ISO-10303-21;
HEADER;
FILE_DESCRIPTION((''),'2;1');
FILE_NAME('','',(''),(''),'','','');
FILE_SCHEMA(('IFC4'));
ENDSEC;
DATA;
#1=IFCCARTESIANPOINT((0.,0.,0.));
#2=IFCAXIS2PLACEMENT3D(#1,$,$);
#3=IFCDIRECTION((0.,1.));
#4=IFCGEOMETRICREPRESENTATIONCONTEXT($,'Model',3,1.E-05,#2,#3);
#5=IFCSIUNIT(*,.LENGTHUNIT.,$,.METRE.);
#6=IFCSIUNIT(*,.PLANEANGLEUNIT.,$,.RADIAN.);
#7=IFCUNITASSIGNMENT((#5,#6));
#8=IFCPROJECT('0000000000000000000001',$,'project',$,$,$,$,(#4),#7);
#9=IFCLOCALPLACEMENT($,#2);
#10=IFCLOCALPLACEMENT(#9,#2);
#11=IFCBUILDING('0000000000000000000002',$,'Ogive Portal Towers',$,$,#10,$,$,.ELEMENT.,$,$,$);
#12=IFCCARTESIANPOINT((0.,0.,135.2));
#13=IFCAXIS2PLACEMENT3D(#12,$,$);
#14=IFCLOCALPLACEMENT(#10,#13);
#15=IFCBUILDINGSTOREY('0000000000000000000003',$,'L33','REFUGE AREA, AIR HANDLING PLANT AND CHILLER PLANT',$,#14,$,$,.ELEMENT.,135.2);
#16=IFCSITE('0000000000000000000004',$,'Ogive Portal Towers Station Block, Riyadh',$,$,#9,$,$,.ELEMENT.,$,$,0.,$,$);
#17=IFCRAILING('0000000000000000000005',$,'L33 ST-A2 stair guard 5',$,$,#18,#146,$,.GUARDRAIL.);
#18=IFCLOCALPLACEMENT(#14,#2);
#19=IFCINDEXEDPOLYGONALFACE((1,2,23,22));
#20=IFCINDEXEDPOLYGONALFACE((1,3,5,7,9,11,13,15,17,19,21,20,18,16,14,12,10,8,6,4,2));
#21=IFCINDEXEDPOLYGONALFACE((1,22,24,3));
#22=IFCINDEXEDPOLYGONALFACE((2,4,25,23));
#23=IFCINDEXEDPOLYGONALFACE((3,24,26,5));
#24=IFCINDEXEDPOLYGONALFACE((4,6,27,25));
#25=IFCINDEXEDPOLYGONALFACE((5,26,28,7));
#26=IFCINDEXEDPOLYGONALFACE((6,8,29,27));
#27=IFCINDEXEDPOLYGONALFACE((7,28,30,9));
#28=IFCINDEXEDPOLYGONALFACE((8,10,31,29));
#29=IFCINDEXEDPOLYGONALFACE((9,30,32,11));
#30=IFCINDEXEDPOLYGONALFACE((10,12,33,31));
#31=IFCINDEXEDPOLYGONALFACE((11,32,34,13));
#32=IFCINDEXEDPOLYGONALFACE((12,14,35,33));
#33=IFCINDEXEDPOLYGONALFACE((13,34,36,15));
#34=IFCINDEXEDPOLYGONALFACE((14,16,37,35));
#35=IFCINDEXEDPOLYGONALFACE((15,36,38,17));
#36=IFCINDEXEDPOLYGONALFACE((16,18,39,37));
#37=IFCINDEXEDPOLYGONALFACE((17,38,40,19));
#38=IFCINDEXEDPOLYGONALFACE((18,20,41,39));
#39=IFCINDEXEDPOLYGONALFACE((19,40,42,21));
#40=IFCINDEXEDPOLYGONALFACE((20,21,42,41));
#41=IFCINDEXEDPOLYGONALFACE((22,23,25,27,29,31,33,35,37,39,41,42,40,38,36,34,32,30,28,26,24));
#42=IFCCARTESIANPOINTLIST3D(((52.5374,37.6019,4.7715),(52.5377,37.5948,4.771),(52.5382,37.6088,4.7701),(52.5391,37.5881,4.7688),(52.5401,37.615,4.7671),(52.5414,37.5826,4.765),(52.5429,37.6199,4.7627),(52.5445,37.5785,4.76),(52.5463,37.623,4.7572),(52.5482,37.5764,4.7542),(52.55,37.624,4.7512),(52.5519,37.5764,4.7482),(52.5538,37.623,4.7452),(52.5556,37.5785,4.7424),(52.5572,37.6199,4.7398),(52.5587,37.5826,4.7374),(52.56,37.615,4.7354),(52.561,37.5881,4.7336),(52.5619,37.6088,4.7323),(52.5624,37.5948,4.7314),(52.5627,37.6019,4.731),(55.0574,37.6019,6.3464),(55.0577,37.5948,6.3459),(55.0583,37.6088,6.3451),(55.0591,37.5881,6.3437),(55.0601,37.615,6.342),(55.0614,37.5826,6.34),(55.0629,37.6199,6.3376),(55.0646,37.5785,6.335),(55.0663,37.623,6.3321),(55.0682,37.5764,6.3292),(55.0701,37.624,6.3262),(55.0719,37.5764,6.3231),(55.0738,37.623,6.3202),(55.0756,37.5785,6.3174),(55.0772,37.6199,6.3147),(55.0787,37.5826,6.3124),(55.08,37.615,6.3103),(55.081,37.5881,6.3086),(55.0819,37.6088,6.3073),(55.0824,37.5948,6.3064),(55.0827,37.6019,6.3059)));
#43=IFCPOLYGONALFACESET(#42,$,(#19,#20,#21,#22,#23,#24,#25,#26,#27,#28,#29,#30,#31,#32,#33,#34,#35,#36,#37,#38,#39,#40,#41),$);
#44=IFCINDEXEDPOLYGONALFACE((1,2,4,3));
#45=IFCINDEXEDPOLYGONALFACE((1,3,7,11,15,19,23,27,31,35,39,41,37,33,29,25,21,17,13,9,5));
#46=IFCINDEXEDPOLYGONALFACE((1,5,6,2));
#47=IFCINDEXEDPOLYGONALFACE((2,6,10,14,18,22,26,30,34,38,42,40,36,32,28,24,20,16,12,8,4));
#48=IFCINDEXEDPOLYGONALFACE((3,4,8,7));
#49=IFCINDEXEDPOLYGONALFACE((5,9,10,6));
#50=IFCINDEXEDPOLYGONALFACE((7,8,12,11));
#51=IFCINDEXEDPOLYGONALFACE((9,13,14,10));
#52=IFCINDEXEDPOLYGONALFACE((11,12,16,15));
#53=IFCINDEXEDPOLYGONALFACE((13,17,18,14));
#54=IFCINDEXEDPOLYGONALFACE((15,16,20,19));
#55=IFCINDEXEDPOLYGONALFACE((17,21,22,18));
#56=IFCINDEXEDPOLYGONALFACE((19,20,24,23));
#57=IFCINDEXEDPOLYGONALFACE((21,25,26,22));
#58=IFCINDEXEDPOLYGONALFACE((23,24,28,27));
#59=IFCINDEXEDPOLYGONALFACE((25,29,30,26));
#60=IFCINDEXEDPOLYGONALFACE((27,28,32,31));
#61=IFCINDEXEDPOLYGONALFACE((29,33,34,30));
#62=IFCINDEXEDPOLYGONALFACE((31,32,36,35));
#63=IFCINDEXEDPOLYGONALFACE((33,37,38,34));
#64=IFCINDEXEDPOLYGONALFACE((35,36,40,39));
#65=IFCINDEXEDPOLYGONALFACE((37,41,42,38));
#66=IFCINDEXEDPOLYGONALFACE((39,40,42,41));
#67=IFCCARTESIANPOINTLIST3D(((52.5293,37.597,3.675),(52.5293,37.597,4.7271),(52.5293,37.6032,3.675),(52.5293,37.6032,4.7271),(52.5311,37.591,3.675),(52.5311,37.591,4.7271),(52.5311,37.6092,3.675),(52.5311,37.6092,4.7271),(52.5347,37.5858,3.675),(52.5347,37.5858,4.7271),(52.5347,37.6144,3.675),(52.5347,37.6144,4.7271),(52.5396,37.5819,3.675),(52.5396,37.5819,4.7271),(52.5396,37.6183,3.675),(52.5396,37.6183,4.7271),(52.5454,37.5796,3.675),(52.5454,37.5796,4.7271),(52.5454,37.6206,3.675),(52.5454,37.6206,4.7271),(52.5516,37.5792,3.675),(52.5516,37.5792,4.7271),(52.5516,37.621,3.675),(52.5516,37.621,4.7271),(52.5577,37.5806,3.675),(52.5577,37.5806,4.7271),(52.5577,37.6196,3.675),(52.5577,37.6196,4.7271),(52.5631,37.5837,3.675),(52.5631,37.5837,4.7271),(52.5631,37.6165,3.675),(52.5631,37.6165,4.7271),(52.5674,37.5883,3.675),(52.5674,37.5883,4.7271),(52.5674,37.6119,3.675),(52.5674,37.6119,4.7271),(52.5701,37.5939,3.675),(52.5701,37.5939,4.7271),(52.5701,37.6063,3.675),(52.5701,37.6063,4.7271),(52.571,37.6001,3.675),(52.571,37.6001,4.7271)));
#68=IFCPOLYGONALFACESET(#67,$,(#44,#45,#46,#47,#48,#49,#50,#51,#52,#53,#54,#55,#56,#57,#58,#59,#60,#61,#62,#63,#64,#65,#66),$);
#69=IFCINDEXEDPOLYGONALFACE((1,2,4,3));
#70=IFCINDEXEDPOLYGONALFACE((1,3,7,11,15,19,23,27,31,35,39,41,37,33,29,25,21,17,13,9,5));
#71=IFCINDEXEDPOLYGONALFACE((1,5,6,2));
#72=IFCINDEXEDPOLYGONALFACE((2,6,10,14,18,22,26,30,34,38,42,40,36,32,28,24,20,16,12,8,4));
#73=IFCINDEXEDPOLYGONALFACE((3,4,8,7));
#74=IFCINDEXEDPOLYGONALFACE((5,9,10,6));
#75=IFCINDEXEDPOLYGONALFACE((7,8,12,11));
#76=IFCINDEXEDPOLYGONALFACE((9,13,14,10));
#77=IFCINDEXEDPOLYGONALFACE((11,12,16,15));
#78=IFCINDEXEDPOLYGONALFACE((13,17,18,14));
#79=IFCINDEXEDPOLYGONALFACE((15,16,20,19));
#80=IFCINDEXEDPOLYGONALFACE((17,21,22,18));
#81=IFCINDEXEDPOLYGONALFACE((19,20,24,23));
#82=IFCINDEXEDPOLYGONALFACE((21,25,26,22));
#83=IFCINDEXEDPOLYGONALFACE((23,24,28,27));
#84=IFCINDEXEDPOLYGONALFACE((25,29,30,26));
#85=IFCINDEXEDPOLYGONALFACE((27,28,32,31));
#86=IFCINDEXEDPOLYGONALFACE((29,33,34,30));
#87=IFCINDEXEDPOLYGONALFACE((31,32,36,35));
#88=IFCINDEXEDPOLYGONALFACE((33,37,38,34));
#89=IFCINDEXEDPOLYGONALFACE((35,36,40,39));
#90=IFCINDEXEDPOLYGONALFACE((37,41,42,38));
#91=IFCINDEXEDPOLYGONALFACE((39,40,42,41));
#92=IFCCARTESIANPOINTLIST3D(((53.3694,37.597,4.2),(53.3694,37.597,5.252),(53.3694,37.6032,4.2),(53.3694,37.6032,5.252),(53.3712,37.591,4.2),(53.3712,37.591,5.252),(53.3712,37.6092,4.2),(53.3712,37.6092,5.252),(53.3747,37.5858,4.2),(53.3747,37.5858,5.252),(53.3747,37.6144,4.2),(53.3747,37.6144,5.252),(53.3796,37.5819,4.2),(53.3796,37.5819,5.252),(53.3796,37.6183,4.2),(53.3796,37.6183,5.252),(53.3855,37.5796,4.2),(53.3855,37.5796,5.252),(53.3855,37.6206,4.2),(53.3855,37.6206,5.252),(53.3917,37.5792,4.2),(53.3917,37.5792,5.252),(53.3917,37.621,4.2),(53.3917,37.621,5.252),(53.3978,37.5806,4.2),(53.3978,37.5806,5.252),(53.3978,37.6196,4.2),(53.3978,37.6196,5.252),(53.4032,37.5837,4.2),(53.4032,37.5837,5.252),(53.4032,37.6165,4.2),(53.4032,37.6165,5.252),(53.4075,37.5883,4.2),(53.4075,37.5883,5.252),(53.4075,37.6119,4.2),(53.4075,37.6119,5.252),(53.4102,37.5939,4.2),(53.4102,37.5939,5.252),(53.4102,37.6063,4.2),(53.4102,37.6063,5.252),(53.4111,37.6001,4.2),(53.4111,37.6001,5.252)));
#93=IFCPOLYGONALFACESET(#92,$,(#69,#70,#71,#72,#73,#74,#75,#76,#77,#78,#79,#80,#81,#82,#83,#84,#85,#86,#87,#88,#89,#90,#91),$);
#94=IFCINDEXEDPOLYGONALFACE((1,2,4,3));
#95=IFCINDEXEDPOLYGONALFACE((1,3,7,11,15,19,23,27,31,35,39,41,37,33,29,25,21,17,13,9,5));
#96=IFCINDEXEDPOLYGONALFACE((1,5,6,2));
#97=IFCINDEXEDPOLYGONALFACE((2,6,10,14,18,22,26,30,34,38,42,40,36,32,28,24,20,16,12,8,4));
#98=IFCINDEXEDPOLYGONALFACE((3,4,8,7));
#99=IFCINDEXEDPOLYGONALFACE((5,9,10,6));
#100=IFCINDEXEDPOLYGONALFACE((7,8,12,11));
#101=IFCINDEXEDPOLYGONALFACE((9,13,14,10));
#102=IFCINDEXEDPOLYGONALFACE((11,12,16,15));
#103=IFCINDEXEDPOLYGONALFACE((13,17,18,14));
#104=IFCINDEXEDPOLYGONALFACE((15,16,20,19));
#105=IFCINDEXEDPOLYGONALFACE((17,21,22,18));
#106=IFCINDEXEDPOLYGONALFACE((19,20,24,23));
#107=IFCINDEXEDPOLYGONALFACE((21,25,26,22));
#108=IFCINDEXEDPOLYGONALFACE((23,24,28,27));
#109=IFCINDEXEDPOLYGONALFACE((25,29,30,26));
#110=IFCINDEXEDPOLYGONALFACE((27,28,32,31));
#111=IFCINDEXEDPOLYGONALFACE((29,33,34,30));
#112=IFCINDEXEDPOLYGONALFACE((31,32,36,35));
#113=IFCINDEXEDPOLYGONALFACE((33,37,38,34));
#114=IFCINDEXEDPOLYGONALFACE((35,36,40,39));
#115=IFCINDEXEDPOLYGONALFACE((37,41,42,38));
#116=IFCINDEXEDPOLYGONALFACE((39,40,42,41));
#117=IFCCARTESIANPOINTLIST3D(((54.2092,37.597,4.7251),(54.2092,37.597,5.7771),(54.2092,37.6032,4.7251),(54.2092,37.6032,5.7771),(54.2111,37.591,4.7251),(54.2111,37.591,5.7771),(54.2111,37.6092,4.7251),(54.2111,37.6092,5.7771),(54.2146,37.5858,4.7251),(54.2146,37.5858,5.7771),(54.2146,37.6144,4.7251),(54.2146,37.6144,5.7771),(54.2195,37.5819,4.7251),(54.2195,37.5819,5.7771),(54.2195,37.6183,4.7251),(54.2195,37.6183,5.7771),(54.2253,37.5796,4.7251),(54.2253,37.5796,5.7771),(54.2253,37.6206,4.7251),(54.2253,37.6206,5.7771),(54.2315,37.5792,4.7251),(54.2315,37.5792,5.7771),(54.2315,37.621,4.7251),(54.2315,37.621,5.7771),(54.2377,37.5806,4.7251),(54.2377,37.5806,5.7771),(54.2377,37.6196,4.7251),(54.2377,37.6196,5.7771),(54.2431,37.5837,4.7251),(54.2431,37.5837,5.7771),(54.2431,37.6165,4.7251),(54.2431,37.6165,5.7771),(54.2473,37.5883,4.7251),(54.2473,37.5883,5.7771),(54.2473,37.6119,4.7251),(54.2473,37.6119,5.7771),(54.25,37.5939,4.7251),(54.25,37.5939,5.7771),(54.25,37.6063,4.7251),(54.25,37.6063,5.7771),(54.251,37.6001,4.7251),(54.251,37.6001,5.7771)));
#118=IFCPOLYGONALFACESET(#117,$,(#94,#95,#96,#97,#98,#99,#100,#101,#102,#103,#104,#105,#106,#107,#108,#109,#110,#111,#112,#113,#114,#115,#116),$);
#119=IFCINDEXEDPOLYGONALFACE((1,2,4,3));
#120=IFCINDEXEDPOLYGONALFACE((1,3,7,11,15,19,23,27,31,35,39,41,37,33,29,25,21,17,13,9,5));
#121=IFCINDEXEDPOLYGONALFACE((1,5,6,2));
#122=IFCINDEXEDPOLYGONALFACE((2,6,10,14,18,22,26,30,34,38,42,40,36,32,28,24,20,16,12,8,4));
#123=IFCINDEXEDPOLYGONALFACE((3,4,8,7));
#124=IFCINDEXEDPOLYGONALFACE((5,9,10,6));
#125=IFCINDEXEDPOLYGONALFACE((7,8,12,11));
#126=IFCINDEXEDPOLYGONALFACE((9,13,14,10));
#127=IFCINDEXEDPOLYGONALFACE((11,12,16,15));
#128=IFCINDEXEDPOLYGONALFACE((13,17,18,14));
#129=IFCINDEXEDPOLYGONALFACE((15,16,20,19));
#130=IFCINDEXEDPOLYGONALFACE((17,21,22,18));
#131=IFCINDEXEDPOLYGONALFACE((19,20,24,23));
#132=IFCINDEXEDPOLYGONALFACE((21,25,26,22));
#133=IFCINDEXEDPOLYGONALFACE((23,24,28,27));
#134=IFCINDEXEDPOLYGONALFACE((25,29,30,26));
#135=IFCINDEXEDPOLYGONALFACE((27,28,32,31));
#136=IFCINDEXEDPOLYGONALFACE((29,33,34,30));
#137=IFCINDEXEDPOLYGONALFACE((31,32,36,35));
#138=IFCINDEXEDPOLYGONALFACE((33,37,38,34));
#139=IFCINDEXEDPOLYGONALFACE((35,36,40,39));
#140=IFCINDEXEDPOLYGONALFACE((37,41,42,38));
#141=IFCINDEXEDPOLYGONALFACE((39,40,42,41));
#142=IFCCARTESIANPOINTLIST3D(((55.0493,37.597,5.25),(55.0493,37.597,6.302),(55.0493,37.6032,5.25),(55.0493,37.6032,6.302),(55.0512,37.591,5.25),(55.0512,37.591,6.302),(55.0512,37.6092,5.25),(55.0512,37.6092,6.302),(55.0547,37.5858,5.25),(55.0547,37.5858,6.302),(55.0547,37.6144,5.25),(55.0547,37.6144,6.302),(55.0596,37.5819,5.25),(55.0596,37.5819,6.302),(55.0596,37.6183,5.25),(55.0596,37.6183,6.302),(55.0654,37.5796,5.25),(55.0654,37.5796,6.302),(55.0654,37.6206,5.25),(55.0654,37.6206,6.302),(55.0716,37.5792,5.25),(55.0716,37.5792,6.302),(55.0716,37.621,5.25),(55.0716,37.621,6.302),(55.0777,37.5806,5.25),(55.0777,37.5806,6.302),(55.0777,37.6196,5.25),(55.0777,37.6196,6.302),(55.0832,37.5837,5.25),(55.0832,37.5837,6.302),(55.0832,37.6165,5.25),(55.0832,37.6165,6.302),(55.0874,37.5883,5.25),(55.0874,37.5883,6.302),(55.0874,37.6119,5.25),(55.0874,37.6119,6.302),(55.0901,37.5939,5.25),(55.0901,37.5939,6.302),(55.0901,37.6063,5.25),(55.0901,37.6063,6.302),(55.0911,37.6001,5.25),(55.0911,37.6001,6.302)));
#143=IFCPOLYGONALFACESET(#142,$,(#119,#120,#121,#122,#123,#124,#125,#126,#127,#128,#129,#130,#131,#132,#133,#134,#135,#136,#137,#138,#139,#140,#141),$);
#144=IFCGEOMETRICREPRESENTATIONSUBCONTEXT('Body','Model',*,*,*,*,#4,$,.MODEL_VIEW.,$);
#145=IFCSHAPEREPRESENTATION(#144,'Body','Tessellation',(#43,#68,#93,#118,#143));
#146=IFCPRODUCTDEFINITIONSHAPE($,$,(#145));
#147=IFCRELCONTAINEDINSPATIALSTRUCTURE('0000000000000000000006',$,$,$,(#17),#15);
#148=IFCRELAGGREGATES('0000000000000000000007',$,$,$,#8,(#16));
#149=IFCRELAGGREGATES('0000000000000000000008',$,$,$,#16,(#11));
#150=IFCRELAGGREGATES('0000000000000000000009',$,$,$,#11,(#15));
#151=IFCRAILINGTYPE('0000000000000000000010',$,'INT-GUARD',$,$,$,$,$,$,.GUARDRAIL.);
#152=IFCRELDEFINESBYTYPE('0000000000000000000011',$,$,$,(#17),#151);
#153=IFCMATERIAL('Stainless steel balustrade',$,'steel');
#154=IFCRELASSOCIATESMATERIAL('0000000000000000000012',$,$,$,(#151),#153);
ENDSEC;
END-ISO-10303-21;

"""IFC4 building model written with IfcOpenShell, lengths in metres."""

from ifc_helpers import new_model, si_unit, direction, frame, origin, origin_2d, place, context, subcontext, project, spatial, circle, extrude, material, type_object, element, save


model = new_model("IFC4")

# Units and contexts
model_context = context("Model", 3, precision=1e-05, world=origin(), true_north=direction((0.0, 1.0)))
body_context = subcontext(model_context, "Body", "Model", "MODEL_VIEW")
ifc_project = project(units=[si_unit("LENGTHUNIT", "METRE"), si_unit("PLANEANGLEUNIT", "RADIAN")], contexts=[model_context])

# Site, building, storey
site_placement = place(None, origin())
site = spatial("IfcSite", under=ifc_project, at=site_placement, Name="Ogive Portal Towers Station Block, Riyadh", CompositionType="ELEMENT", RefElevation=0.0)
building_placement = place(site_placement, origin())
building = spatial("IfcBuilding", under=site, at=building_placement, Name="Ogive Portal Towers", CompositionType="ELEMENT")
storey_placement = place(building_placement, frame((0.0, 0.0, 135.2)))
storey = spatial("IfcBuildingStorey", under=building, at=storey_placement, Name="L33", Description="REFUGE AREA, AIR HANDLING PLANT AND CHILLER PLANT", CompositionType="ELEMENT", Elevation=135.2)

# Railing
ifc_material_1 = material(Name="Stainless steel balustrade", Category="steel")
railing_type_1 = type_object("IfcRailingType", Name="INT-GUARD", PredefinedType="GUARDRAIL", material=ifc_material_1)
railing_1_placement = place(storey_placement, frame((52.55, 37.6001, 3.675)))
element("IfcRailing", 1, at=railing_1_placement, inside=storey, type_object=railing_type_1, Name="L33 ST-A2 stair guard 5", PredefinedType="GUARDRAIL", context=body_context, shape_type="SweptSolid", body=[
    extrude(circle(Radius=0.0239, at=origin_2d()), frame((0.0, 0.0, 1.0762), z_axis=(0.848008, 0.0, 0.529984), x_axis=(0.0, 1.0, 0.0)), (0.0, 0.0, 1.0), 2.9717),
    extrude(circle(Radius=0.021, at=origin_2d()), origin(), (0.0, 0.0, 1.0), 1.052),
    extrude(circle(Radius=0.021, at=origin_2d()), frame((0.8401, 0.0, 0.5249)), (0.0, 0.0, 1.0), 1.052),
    extrude(circle(Radius=0.021, at=origin_2d()), frame((1.6799, 0.0, 1.05)), (0.0, 0.0, 1.0), 1.052),
    extrude(circle(Radius=0.021, at=origin_2d()), frame((2.52, 0.0, 1.575)), (0.0, 0.0, 1.0), 1.052),
])

save(model, "model.ifc")
